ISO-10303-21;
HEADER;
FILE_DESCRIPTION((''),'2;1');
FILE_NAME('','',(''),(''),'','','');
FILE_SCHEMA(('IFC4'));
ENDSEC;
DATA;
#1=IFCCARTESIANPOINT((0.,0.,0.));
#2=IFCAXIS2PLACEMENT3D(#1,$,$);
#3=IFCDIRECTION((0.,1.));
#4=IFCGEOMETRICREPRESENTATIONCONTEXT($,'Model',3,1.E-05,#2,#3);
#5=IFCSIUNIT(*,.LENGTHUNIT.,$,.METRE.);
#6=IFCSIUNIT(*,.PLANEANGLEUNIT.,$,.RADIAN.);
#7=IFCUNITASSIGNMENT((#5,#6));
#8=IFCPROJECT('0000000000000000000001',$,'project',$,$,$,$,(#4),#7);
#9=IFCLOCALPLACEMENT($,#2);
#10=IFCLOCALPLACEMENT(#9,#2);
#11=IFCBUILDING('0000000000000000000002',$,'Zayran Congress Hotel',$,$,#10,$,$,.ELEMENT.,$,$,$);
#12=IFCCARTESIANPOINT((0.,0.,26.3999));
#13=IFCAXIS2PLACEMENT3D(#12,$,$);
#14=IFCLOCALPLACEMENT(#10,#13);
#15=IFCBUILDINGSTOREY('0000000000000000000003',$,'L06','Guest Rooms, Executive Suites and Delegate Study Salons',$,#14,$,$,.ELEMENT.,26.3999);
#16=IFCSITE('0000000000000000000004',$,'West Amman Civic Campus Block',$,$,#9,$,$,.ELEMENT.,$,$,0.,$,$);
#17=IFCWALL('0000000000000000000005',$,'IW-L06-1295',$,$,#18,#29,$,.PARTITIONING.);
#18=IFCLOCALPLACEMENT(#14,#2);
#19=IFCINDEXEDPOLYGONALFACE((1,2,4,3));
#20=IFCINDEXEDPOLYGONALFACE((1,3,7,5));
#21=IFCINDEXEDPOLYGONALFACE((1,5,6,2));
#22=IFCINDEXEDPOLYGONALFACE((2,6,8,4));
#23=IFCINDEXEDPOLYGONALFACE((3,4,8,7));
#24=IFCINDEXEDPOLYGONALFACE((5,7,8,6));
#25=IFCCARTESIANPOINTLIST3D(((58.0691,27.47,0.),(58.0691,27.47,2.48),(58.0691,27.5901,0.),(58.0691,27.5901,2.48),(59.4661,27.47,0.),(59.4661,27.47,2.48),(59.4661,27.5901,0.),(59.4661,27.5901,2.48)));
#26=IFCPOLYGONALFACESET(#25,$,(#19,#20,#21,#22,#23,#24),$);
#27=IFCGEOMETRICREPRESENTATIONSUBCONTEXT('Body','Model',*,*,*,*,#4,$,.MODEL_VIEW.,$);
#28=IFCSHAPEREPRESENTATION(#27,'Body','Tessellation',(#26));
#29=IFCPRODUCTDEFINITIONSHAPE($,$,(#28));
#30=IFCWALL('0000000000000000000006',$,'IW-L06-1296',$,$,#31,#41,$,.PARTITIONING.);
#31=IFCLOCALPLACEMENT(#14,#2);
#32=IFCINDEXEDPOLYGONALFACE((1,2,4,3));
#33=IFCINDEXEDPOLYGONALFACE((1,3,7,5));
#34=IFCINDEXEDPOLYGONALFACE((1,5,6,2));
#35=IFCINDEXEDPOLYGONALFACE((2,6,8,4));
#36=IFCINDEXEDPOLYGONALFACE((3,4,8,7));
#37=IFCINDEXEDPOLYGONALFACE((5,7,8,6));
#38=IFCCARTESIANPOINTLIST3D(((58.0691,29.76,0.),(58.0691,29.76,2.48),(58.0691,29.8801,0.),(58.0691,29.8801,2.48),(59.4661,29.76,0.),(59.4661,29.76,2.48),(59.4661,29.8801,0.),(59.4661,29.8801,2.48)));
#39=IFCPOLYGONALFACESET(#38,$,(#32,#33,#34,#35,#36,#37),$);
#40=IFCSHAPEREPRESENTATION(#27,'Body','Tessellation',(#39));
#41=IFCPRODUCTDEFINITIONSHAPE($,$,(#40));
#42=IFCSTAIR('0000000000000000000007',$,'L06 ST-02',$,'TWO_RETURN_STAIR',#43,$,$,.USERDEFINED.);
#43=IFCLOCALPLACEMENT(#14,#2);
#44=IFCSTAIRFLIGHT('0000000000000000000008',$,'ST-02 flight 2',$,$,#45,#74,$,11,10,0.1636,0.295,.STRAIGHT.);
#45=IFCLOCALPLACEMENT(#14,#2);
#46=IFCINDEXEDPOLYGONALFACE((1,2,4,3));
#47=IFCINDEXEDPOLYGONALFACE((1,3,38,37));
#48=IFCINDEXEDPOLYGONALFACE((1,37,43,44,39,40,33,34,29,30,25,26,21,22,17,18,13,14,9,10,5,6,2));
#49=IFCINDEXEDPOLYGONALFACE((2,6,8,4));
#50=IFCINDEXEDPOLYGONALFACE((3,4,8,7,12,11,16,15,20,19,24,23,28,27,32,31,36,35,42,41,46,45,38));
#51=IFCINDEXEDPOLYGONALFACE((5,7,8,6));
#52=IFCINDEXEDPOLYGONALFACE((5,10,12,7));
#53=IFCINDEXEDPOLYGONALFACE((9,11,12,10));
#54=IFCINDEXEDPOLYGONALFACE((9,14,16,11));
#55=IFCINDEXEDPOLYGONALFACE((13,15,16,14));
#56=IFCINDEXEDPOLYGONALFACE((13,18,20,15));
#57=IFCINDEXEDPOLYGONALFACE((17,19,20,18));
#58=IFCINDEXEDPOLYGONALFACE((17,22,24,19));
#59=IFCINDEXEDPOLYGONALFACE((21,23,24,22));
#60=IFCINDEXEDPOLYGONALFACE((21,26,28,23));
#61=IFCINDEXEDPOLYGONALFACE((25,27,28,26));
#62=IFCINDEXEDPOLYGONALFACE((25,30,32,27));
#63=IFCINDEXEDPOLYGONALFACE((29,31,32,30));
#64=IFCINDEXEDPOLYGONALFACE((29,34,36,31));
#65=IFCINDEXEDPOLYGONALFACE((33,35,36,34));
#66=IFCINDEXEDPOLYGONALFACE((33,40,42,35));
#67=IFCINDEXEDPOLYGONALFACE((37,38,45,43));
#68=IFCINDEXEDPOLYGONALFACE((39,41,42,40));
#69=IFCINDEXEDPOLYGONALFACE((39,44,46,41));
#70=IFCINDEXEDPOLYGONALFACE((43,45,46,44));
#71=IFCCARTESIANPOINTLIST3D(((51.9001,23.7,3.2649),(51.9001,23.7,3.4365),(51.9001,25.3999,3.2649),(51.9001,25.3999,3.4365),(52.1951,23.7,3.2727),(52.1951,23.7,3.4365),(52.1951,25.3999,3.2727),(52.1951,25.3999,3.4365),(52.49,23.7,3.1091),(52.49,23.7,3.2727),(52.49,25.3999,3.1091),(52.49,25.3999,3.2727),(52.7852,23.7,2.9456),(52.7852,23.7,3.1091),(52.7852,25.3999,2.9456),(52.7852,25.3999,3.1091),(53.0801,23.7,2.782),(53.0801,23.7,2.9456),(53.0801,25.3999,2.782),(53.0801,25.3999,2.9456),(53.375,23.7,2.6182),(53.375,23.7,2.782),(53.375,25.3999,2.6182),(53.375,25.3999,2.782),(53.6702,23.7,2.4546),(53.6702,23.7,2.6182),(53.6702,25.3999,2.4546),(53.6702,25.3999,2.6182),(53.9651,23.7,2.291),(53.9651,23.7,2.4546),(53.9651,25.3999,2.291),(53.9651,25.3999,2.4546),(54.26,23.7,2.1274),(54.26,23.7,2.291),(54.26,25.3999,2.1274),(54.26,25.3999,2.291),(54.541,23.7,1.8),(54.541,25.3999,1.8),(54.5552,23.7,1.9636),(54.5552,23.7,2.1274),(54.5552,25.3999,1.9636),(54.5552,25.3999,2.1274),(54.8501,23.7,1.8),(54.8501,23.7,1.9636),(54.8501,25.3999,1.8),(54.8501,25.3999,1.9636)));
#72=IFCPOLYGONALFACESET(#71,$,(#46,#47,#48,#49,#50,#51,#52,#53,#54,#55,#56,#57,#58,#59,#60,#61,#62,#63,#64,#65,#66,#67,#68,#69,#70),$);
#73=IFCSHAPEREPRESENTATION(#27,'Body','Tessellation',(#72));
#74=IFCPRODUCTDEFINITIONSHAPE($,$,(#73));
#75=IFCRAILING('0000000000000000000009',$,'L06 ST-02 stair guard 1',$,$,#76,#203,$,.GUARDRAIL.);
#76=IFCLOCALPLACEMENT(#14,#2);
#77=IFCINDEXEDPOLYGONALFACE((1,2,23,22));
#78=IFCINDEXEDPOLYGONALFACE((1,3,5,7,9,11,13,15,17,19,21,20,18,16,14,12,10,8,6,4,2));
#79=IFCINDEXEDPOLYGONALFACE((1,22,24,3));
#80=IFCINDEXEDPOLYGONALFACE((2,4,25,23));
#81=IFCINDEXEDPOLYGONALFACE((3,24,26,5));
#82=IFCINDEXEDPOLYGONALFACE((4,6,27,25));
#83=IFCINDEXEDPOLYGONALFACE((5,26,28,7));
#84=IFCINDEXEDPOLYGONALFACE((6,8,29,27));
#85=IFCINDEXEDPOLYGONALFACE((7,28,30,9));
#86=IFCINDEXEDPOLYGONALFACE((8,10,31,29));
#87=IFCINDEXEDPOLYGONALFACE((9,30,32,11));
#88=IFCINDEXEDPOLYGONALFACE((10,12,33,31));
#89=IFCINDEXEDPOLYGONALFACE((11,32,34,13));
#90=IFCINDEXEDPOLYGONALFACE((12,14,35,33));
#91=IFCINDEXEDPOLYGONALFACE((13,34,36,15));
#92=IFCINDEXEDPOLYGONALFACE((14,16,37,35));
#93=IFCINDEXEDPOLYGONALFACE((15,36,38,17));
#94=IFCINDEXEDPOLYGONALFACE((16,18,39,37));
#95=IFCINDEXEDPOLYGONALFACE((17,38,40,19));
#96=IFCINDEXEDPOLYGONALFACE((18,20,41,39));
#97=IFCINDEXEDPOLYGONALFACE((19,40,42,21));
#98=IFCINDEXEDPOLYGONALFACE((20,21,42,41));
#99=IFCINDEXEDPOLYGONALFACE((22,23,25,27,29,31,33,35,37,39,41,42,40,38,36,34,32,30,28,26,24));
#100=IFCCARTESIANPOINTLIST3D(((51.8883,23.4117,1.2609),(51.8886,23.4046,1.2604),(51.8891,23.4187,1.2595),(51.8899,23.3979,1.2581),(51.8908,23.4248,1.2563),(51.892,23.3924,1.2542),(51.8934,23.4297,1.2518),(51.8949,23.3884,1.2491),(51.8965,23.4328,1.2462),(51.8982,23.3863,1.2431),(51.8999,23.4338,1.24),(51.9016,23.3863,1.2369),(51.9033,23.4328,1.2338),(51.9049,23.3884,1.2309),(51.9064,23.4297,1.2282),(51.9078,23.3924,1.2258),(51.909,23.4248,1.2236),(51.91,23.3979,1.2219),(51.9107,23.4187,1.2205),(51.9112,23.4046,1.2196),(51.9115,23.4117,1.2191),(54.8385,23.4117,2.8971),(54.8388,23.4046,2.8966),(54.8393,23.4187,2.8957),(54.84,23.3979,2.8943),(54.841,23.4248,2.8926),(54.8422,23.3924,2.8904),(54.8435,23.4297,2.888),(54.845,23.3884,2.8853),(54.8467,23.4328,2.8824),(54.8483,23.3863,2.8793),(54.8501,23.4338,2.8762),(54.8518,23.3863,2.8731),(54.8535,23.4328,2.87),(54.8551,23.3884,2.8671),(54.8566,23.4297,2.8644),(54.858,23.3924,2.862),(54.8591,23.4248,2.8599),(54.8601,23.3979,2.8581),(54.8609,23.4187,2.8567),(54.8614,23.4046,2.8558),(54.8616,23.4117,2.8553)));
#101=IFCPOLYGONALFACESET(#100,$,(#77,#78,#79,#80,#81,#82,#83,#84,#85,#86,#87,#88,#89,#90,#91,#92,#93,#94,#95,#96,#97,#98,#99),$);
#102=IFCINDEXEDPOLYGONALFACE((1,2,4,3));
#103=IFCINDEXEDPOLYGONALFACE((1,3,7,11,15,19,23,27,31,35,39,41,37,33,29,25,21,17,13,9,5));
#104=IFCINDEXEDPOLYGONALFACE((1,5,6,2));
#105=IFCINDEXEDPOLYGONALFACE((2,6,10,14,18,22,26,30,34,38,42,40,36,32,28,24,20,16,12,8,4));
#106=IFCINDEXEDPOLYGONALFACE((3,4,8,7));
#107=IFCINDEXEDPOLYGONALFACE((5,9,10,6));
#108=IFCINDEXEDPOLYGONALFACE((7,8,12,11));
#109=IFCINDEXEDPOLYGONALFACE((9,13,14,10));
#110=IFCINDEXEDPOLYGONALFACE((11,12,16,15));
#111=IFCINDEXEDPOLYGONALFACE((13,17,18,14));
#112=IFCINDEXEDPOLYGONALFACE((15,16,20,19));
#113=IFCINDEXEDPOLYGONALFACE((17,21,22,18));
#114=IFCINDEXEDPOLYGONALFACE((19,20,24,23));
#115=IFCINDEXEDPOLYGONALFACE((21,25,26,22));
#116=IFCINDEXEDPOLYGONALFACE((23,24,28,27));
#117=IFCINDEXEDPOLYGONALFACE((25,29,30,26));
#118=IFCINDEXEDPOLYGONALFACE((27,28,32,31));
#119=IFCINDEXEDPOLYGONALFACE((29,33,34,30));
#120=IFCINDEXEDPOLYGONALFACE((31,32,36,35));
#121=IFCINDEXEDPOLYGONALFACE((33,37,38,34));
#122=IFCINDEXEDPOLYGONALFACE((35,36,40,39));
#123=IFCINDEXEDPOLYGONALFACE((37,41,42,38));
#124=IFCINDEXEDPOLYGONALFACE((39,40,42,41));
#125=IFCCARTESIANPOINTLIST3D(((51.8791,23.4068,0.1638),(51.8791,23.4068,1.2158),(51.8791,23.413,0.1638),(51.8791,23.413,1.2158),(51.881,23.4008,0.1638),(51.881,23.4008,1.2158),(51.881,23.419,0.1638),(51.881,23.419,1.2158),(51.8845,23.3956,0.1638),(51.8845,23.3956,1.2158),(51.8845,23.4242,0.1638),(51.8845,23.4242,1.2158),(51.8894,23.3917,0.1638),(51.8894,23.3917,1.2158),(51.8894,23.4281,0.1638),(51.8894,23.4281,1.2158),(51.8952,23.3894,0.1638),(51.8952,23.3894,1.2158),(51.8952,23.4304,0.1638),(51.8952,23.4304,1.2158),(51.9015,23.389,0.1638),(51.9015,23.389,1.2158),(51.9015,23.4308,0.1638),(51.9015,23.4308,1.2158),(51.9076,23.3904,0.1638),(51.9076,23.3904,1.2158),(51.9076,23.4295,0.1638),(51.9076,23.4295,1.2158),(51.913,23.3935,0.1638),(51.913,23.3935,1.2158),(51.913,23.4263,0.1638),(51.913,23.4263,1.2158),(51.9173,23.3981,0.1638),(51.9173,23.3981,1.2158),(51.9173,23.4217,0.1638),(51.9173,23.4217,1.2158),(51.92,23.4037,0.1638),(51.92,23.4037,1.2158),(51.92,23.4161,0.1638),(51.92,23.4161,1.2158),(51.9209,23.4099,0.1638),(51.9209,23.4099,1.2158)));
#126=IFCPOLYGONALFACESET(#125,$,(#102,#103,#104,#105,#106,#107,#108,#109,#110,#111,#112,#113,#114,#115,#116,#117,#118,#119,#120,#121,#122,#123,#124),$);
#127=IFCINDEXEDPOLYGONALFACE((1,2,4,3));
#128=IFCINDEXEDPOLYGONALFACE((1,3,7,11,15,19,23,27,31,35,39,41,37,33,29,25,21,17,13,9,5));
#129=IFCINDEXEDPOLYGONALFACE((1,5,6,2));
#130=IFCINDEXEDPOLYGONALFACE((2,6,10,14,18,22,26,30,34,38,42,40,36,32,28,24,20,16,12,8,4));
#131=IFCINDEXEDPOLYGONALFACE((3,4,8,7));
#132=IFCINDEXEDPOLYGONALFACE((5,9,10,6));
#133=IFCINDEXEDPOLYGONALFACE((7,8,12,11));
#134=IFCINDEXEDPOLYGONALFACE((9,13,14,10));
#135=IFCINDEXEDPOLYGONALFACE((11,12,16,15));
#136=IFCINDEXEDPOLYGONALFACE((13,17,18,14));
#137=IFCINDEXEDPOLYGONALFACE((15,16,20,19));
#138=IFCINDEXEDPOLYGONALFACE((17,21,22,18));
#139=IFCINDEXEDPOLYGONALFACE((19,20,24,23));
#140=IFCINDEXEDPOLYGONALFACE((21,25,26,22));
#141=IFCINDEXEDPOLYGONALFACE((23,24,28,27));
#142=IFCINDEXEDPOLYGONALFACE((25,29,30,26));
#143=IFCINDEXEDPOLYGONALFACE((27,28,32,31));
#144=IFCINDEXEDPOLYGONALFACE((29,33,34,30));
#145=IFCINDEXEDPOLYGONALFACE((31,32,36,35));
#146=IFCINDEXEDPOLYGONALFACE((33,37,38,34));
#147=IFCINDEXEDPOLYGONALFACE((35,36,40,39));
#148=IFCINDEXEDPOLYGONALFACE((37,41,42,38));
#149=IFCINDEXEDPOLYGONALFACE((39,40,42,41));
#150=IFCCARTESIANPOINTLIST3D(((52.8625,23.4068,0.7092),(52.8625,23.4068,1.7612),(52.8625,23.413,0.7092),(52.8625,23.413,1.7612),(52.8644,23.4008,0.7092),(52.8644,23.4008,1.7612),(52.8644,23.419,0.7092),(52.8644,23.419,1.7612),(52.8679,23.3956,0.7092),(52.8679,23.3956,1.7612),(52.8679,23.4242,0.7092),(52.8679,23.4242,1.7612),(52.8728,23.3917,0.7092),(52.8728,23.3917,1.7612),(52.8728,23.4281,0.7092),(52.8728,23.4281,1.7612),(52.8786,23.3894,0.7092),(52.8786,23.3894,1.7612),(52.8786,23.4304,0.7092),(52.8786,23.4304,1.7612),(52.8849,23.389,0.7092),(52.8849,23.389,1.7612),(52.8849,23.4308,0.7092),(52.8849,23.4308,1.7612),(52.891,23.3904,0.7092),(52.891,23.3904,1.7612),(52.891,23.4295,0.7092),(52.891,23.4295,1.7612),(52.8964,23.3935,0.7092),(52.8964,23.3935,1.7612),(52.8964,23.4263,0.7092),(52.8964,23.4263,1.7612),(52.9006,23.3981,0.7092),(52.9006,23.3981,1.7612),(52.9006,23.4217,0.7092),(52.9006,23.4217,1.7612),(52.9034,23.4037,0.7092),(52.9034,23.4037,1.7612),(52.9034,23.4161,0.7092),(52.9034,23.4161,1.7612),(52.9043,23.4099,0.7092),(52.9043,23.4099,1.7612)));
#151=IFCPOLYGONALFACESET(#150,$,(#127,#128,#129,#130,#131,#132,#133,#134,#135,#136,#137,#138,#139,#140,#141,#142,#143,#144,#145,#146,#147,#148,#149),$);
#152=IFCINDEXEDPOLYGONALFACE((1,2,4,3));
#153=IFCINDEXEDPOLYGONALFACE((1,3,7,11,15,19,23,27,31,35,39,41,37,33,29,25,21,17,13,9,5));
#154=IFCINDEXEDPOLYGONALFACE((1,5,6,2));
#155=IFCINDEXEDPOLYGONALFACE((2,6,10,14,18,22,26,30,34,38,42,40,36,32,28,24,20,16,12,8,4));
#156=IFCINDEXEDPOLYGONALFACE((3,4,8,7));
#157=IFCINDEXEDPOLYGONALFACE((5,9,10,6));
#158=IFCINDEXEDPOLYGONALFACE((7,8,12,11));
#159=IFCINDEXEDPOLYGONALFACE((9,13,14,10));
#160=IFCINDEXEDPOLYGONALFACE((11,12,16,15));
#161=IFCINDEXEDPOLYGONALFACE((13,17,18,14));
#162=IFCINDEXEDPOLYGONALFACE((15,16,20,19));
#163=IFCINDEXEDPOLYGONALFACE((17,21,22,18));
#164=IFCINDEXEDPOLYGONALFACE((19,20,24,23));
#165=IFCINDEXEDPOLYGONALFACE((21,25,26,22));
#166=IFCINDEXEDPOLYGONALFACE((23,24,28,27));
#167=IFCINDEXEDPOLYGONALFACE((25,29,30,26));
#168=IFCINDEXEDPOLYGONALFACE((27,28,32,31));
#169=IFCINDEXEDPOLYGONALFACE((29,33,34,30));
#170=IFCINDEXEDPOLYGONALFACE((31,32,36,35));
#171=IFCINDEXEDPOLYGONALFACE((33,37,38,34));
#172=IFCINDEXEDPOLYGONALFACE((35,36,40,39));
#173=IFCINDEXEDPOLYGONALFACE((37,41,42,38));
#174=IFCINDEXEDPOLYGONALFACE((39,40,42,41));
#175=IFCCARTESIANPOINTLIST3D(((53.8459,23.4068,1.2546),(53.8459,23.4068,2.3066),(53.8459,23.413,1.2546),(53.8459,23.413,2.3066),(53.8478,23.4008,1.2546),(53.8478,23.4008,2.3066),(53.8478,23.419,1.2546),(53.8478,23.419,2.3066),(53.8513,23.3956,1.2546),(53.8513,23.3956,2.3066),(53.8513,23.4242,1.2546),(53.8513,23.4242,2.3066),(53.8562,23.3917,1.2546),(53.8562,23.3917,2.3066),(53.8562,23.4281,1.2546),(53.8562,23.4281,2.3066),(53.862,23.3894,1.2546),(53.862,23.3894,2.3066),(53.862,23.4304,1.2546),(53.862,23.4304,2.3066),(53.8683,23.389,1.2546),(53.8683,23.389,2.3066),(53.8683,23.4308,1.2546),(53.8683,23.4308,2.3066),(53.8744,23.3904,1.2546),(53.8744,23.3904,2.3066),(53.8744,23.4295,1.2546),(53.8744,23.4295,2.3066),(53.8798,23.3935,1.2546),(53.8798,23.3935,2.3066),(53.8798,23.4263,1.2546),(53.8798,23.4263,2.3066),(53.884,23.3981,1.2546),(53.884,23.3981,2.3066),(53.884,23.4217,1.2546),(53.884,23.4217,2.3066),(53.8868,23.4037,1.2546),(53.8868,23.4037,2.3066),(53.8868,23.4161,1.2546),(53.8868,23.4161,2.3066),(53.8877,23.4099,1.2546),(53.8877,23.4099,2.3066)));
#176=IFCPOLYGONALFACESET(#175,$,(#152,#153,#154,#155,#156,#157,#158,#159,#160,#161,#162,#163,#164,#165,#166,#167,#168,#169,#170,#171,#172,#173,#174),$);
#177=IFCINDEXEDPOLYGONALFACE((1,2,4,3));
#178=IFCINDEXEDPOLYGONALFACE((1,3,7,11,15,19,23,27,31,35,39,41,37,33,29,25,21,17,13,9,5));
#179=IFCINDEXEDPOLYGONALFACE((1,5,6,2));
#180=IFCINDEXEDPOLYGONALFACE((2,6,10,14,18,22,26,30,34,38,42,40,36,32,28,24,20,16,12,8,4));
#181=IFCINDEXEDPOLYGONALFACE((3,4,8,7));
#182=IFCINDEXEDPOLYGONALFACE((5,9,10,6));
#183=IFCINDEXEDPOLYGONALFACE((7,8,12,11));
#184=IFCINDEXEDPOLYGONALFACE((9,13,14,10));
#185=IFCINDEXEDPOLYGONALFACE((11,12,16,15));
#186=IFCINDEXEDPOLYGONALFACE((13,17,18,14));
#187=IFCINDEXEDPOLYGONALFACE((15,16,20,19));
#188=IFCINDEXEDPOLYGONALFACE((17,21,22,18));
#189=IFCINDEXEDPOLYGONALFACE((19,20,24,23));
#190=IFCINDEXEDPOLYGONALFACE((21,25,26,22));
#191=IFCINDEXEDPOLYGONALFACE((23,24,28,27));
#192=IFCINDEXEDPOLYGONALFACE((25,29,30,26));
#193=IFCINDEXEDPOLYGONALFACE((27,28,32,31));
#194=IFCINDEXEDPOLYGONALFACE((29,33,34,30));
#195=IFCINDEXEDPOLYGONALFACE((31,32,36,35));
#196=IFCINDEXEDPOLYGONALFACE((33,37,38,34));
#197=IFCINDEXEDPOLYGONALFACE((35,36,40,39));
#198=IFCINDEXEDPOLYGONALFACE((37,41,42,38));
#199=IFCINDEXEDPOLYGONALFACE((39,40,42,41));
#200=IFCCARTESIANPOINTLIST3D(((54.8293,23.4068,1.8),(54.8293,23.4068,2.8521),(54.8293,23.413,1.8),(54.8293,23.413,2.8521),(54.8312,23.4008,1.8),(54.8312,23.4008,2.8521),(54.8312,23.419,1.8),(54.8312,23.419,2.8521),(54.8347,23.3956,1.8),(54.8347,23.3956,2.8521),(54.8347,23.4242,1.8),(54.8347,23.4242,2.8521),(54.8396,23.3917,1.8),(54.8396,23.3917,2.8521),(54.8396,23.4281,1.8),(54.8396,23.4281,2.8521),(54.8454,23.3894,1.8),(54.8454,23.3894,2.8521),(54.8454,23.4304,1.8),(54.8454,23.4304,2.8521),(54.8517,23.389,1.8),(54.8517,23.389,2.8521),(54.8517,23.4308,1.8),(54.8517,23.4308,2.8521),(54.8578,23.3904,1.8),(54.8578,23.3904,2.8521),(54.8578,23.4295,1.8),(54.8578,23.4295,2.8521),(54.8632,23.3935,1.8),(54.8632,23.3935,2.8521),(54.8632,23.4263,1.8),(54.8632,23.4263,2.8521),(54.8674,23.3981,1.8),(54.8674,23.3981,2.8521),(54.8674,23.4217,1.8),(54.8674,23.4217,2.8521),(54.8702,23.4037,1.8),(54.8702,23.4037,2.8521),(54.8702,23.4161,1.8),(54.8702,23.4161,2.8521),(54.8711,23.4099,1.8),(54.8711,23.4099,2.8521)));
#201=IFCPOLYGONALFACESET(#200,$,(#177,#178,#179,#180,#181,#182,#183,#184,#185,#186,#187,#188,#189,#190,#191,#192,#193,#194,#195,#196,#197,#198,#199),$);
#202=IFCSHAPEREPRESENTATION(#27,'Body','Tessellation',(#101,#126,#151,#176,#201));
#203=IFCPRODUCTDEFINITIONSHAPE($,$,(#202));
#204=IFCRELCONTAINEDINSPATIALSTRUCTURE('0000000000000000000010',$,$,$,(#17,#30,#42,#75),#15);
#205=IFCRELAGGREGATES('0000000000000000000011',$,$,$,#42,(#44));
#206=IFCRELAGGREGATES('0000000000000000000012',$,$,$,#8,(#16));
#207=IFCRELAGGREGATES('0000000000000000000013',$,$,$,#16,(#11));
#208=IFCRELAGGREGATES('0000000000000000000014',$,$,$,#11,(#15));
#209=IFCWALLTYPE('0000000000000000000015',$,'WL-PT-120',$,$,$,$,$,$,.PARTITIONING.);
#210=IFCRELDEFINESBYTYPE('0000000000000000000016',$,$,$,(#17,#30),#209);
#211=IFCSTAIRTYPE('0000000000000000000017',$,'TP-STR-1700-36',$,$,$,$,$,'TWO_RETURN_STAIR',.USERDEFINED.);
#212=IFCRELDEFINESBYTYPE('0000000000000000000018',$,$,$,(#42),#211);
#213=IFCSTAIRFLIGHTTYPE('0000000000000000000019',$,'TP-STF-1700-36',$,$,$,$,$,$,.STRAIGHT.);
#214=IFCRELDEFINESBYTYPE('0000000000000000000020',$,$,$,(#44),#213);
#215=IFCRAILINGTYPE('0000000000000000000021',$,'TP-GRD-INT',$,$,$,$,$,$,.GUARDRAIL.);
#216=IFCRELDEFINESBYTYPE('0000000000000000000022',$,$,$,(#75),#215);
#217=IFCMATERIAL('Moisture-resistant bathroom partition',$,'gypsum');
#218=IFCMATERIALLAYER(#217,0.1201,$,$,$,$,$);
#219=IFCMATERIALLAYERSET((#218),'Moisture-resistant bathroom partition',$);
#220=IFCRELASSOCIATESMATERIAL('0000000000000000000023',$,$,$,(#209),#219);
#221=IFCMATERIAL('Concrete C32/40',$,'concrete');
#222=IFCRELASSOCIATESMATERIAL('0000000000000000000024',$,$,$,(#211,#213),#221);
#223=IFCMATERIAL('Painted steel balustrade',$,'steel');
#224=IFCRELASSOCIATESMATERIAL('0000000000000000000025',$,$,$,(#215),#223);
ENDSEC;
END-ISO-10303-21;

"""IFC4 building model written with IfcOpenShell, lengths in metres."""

from ifc_helpers import new_model, si_unit, direction, frame, frame_2d, origin, origin_2d, place, context, subcontext, project, spatial, polyline, rectangle, circle, outline, extrude, material, layer, layer_set, type_object, element, aggregate, save


model = new_model("IFC4")

# Units and contexts
model_context = context("Model", 3, precision=1e-05, world=origin(), true_north=direction((0.0, 1.0)))
body_context = subcontext(model_context, "Body", "Model", "MODEL_VIEW")
ifc_project = project(units=[si_unit("LENGTHUNIT", "METRE"), si_unit("PLANEANGLEUNIT", "RADIAN")], contexts=[model_context])

# Site, building, storey
site_placement = place(None, origin())
site = spatial("IfcSite", under=ifc_project, at=site_placement, Name="West Amman Civic Campus Block", CompositionType="ELEMENT", RefElevation=0.0)
building_placement = place(site_placement, origin())
building = spatial("IfcBuilding", under=site, at=building_placement, Name="Zayran Congress Hotel", CompositionType="ELEMENT")
storey_placement = place(building_placement, frame((0.0, 0.0, 26.3999)))
storey = spatial("IfcBuildingStorey", under=building, at=storey_placement, Name="L06", Description="Guest Rooms, Executive Suites and Delegate Study Salons", CompositionType="ELEMENT", Elevation=26.3999)

# Shared definitions
ifc_material_1 = material(Name="Moisture-resistant bathroom partition", Category="gypsum")
ifc_layer_1 = layer(ifc_material_1, 0.1201)
ifc_layer_set_1 = layer_set([ifc_layer_1], Name="Moisture-resistant bathroom partition")
wall_type_1 = type_object("IfcWallType", Name="WL-PT-120", PredefinedType="PARTITIONING", material=ifc_layer_set_1)

# Walls
for number, where, z_axis, x_axis, name in (
    (1, (58.0691, 27.53, 0.0), (0.0, 0.0, 1.0), (1.0, 0.0, 0.0), "IW-L06-1295"),
    (2, (58.0691, 29.8201, 0.0), (0.0, 0.0, 1.0), (1.0, 0.0, 0.0), "IW-L06-1296"),
):
    element("IfcWall", number, at=place(storey_placement, frame(where, z_axis=z_axis, x_axis=x_axis)), inside=storey, type_object=wall_type_1, Name=name, PredefinedType="PARTITIONING", context=body_context, shape_type="SweptSolid", body=[
        extrude(rectangle(XDim=1.397, YDim=0.1201, at=frame_2d((0.6985, 0.0))), origin(), (0.0, 0.0, 1.0), 2.48),
    ])

# Stair, stair flight
ifc_material_2 = material(Name="Concrete C32/40", Category="concrete")
stair_type = type_object("IfcStairType", Name="TP-STR-1700-36", ElementType="TWO_RETURN_STAIR", PredefinedType="USERDEFINED", material=ifc_material_2)
stair_placement = place(storey_placement, origin())
stair = element("IfcStair", 3, at=stair_placement, inside=storey, type_object=stair_type, Name="L06 ST-02", ObjectType="TWO_RETURN_STAIR", PredefinedType="USERDEFINED")
stair_flight_type = type_object("IfcStairFlightType", Name="TP-STF-1700-36", PredefinedType="STRAIGHT", material=ifc_material_2)
stair_flight_placement = place(storey_placement, frame((54.8501, 24.55, 1.8), z_axis=(0.0, 0.0, 1.0), x_axis=(-1.0, 0.0, 0.0)))
stair_flight = element("IfcStairFlight", 4, at=stair_flight_placement, type_object=stair_flight_type, Name="ST-02 flight 2", NumberOfRisers=11, NumberOfTreads=10, PredefinedType="STRAIGHT", RiserHeight=0.1636, TreadLength=0.295, context=body_context, shape_type="SweptSolid", body=[
    extrude(outline(polyline([(0.0, 0.0), (0.0, 0.1636), (0.2949, 0.1636), (0.2949, 0.3274), (0.5901, 0.3274), (0.5901, 0.491), (0.885, 0.491), (0.885, 0.6545), (1.1799, 0.6545), (1.1799, 0.8181), (1.4751, 0.8181), (1.4751, 0.9819), (1.77, 0.9819), (1.77, 1.1455), (2.0649, 1.1455), (2.0649, 1.3091), (2.3601, 1.3091), (2.3601, 1.4727), (2.655, 1.4727), (2.655, 1.6365), (2.95, 1.6365), (2.95, 1.8), (2.95, 1.4648), (0.3091, 0.0), (0.0, 0.0)])), frame((0.0, 0.8501, 0.0), z_axis=(0.0, -1.0, 0.0), x_axis=(1.0, 0.0, 0.0)), (0.0, 0.0, 1.0), 1.7),
])
aggregate(stair, [stair_flight])

# Railing
ifc_material_3 = material(Name="Painted steel balustrade", Category="steel")
railing_type_1 = type_object("IfcRailingType", Name="TP-GRD-INT", PredefinedType="GUARDRAIL", material=ifc_material_3)
railing_1_placement = place(storey_placement, frame((51.8999, 23.4099, 0.1638)))
element("IfcRailing", 5, at=railing_1_placement, inside=storey, type_object=railing_type_1, Name="L06 ST-02 stair guard 1", PredefinedType="GUARDRAIL", context=body_context, shape_type="SweptSolid", body=[
    extrude(circle(Radius=0.0239, at=origin_2d()), frame((0.0, 0.0, 1.0762), z_axis=(0.874505, 0.0, 0.485016), x_axis=(0.0, 1.0, 0.0)), (0.0, 0.0, 1.0), 3.3735),
    extrude(circle(Radius=0.021, at=origin_2d()), origin(), (0.0, 0.0, 1.0), 1.052),
    extrude(circle(Radius=0.021, at=origin_2d()), frame((0.9834, 0.0, 0.5454)), (0.0, 0.0, 1.0), 1.052),
    extrude(circle(Radius=0.021, at=origin_2d()), frame((1.9668, 0.0, 1.0908)), (0.0, 0.0, 1.0), 1.052),
    extrude(circle(Radius=0.021, at=origin_2d()), frame((2.9502, 0.0, 1.6362)), (0.0, 0.0, 1.0), 1.052),
])

save(model, "model.ifc")
